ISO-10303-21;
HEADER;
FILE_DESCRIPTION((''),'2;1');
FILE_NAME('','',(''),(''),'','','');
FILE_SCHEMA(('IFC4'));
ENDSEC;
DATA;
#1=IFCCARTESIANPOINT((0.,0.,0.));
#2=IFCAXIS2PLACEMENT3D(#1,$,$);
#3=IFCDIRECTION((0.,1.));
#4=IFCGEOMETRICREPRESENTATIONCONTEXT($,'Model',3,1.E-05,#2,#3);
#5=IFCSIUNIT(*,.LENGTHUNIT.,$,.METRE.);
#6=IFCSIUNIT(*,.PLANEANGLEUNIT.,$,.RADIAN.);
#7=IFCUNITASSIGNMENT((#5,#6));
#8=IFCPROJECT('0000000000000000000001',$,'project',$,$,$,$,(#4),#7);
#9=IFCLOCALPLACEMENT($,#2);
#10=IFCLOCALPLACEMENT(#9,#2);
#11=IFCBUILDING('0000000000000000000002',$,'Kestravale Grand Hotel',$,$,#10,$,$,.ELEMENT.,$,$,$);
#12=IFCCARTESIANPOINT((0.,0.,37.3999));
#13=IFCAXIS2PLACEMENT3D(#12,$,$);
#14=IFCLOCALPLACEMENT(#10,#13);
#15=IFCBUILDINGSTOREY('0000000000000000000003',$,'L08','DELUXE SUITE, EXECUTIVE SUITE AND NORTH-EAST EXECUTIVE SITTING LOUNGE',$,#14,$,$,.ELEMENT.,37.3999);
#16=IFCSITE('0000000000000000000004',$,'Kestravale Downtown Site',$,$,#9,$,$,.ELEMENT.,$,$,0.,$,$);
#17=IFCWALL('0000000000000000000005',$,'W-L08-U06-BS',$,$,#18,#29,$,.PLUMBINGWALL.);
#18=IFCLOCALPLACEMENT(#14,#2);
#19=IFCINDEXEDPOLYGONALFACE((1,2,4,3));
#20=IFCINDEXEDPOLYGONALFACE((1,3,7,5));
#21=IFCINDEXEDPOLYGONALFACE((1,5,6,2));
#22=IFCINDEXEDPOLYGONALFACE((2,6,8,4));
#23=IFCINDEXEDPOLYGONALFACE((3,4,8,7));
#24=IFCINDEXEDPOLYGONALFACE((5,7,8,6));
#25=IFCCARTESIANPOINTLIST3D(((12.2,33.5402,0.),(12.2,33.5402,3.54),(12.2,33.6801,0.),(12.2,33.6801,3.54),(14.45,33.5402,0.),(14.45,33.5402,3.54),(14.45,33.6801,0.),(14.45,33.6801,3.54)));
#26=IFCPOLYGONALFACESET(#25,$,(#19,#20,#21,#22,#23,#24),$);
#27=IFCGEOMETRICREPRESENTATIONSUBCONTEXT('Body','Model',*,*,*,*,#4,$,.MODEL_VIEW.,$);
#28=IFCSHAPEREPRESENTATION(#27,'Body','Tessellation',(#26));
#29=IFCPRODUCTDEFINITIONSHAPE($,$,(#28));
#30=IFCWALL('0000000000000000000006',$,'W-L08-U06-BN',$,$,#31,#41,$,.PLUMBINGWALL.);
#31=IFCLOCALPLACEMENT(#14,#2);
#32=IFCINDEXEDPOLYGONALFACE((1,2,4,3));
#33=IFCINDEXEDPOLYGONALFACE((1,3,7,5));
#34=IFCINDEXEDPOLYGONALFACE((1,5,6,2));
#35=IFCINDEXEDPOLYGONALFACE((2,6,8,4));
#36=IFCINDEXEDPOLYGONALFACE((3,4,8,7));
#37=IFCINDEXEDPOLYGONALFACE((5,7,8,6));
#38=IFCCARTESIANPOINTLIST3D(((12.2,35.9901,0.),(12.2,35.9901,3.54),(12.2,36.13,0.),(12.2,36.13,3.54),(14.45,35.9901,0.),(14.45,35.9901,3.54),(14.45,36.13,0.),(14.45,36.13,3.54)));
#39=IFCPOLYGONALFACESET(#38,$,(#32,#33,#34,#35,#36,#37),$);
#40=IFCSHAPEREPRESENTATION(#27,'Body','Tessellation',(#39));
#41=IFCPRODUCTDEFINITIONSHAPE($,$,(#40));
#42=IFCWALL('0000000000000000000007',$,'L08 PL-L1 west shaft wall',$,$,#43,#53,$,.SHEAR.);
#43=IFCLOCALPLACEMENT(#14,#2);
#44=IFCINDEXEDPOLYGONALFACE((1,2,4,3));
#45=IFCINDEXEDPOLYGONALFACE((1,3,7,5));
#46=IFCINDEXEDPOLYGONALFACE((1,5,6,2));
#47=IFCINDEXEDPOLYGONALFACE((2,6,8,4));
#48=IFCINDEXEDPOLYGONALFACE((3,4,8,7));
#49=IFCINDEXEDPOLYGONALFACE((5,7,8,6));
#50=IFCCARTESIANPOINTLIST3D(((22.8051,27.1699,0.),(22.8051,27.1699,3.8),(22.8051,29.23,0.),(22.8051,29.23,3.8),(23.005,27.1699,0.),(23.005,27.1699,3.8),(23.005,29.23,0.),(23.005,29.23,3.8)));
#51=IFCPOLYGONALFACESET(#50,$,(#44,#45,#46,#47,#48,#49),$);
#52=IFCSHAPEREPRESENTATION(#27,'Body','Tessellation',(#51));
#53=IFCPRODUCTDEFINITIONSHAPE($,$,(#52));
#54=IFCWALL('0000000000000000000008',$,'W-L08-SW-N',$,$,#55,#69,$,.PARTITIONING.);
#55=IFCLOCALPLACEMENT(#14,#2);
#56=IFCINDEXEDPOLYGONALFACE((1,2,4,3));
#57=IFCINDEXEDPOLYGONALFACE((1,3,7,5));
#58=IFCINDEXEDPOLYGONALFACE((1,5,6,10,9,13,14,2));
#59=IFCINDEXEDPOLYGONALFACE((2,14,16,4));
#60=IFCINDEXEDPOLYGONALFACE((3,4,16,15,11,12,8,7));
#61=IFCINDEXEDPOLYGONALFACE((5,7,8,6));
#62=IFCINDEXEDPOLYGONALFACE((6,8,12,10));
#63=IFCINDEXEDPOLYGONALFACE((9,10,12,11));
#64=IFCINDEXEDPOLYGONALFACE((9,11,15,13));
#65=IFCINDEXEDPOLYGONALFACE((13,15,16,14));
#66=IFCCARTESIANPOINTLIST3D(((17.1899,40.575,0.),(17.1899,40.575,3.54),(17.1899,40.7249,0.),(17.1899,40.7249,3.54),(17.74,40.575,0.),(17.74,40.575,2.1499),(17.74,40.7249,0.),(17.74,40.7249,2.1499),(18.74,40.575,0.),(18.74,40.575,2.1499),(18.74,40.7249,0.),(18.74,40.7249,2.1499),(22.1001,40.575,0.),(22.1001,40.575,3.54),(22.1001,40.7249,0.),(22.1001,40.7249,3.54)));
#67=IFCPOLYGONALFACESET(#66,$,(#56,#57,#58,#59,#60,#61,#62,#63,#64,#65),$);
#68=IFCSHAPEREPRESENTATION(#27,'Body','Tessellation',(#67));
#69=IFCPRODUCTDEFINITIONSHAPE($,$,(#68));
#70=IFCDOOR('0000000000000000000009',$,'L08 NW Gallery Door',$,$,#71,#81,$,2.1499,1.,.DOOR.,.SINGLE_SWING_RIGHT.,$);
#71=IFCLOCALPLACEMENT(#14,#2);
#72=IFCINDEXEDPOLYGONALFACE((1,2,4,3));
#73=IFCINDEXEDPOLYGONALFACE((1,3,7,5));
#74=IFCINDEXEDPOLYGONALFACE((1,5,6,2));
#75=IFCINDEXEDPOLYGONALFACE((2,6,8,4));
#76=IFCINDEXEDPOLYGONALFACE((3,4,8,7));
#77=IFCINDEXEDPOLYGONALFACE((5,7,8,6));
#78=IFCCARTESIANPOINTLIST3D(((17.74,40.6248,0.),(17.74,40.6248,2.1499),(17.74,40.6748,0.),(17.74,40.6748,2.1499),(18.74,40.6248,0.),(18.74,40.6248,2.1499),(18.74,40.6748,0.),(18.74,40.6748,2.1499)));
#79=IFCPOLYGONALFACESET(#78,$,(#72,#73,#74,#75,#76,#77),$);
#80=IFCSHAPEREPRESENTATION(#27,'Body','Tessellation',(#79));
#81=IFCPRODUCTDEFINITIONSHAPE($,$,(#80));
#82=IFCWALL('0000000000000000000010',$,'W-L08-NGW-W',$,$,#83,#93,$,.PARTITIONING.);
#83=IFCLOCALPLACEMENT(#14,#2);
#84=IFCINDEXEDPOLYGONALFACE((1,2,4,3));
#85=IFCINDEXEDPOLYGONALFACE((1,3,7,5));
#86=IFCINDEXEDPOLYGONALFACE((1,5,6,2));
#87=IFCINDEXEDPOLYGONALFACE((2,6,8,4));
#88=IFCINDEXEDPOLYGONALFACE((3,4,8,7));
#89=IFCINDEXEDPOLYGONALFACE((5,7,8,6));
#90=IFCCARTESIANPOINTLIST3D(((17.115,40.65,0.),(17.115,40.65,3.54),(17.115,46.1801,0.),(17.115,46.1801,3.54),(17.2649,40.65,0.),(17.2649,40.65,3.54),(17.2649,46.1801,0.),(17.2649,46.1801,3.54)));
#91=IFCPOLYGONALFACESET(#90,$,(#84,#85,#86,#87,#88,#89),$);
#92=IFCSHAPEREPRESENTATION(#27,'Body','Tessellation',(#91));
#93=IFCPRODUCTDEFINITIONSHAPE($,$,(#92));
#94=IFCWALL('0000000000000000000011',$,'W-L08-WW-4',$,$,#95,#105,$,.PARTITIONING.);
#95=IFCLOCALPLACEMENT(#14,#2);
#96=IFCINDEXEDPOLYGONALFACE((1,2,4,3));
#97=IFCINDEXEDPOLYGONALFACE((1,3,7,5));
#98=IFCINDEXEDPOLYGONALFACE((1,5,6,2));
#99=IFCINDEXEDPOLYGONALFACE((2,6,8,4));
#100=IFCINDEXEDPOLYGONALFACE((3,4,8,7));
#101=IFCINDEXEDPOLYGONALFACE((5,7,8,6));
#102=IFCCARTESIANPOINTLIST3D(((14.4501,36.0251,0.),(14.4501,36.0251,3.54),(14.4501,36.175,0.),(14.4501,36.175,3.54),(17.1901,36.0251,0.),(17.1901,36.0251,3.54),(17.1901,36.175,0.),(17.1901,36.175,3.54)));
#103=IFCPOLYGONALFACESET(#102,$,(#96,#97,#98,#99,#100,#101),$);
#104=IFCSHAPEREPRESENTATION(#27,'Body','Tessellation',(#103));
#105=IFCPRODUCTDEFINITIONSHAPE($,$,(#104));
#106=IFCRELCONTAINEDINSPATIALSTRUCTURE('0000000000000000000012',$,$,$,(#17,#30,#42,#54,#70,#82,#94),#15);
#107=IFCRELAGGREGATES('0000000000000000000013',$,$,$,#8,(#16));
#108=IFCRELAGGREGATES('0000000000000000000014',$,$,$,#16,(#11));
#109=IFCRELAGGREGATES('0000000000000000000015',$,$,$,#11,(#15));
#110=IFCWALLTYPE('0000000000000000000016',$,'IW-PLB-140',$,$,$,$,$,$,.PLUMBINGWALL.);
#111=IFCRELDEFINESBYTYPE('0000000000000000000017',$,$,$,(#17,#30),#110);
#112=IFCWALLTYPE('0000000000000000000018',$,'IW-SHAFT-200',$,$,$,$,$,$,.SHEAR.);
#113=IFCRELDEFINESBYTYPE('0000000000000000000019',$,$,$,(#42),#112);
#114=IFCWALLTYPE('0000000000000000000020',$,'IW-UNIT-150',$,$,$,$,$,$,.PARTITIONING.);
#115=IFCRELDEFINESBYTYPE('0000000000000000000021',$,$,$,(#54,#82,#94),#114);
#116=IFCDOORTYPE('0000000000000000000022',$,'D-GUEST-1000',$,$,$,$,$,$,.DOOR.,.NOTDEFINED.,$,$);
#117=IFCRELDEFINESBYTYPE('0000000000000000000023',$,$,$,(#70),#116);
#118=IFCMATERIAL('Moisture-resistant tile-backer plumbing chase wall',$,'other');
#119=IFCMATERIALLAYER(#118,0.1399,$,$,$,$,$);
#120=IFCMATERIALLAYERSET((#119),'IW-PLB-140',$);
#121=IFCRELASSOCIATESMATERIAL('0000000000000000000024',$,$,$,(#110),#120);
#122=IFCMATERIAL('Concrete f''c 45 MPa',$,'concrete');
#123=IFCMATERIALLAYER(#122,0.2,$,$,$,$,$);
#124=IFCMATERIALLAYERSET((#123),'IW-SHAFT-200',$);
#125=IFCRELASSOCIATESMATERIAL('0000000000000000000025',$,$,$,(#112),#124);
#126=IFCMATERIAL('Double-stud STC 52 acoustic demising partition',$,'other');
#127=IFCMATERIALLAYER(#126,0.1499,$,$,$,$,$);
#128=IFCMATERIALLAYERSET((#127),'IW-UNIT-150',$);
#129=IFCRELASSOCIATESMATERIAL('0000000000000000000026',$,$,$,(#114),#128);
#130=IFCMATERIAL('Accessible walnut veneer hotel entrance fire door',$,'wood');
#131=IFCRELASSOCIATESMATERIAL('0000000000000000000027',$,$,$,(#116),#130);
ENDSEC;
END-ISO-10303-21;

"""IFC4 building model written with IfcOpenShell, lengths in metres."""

from ifc_helpers import new_model, si_unit, direction, frame, frame_2d, origin, place, context, subcontext, project, spatial, rectangle, extrude, material, layer, layer_set, type_object, element, fill, save


model = new_model("IFC4")

# Units and contexts
model_context = context("Model", 3, precision=1e-05, world=origin(), true_north=direction((0.0, 1.0)))
body_context = subcontext(model_context, "Body", "Model", "MODEL_VIEW")
ifc_project = project(units=[si_unit("LENGTHUNIT", "METRE"), si_unit("PLANEANGLEUNIT", "RADIAN")], contexts=[model_context])

# Site, building, storey
site_placement = place(None, origin())
site = spatial("IfcSite", under=ifc_project, at=site_placement, Name="Kestravale Downtown Site", CompositionType="ELEMENT", RefElevation=0.0)
building_placement = place(site_placement, origin())
building = spatial("IfcBuilding", under=site, at=building_placement, Name="Kestravale Grand Hotel", CompositionType="ELEMENT")
storey_placement = place(building_placement, frame((0.0, 0.0, 37.3999)))
storey = spatial("IfcBuildingStorey", under=building, at=storey_placement, Name="L08", Description="DELUXE SUITE, EXECUTIVE SUITE AND NORTH-EAST EXECUTIVE SITTING LOUNGE", CompositionType="ELEMENT", Elevation=37.3999)

# Shared definitions
ifc_material_1 = material(Name="Moisture-resistant tile-backer plumbing chase wall", Category="other")
ifc_layer_1 = layer(ifc_material_1, 0.1399)
ifc_layer_set_1 = layer_set([ifc_layer_1], Name="IW-PLB-140")
wall_type_1 = type_object("IfcWallType", Name="IW-PLB-140", PredefinedType="PLUMBINGWALL", material=ifc_layer_set_1)

# Walls
for number, where, z_axis, x_axis, name in (
    (1, (12.2, 33.6101, 0.0), (0.0, 0.0, 1.0), (1.0, 0.0, 0.0), "W-L08-U06-BS"),
    (2, (12.2, 36.0601, 0.0), (0.0, 0.0, 1.0), (1.0, 0.0, 0.0), "W-L08-U06-BN"),
):
    element("IfcWall", number, at=place(storey_placement, frame(where, z_axis=z_axis, x_axis=x_axis)), inside=storey, type_object=wall_type_1, Name=name, PredefinedType="PLUMBINGWALL", context=body_context, shape_type="SweptSolid", body=[
        extrude(rectangle(XDim=2.25, YDim=0.1399, at=frame_2d((1.125, 0.0))), origin(), (0.0, 0.0, 1.0), 3.54),
    ])
ifc_material_2 = material(Name="Concrete f'c 45 MPa", Category="concrete")
ifc_layer_2 = layer(ifc_material_2, 0.2)
ifc_layer_set_2 = layer_set([ifc_layer_2], Name="IW-SHAFT-200")
wall_type_2 = type_object("IfcWallType", Name="IW-SHAFT-200", PredefinedType="SHEAR", material=ifc_layer_set_2)
wall_1_placement = place(storey_placement, frame((22.905, 27.1699, 0.0), z_axis=(0.0, 0.0, 1.0), x_axis=(0.0, 1.0, 0.0)))
element("IfcWall", 3, at=wall_1_placement, inside=storey, type_object=wall_type_2, Name="L08 PL-L1 west shaft wall", PredefinedType="SHEAR", context=body_context, shape_type="SweptSolid", body=[
    extrude(rectangle(XDim=2.0601, YDim=0.2, at=frame_2d((1.03, 0.0))), origin(), (0.0, 0.0, 1.0), 3.8),
])

# Wall, opening, door
ifc_material_3 = material(Name="Double-stud STC 52 acoustic demising partition", Category="other")
ifc_layer_3 = layer(ifc_material_3, 0.1499)
ifc_layer_set_3 = layer_set([ifc_layer_3], Name="IW-UNIT-150")
wall_type_3 = type_object("IfcWallType", Name="IW-UNIT-150", PredefinedType="PARTITIONING", material=ifc_layer_set_3)
wall_2_placement = place(storey_placement, frame((17.1899, 40.6499, 0.0), z_axis=(0.0, 0.0, 1.0), x_axis=(1.0, 0.0, 0.0)))
wall_2 = element("IfcWall", 4, at=wall_2_placement, inside=storey, type_object=wall_type_3, Name="W-L08-SW-N", PredefinedType="PARTITIONING", context=body_context, shape_type="SweptSolid", body=[
    extrude(rectangle(XDim=4.9102, YDim=0.1499, at=frame_2d((2.4551, 0.0))), origin(), (0.0, 0.0, 1.0), 3.54),
])
opening_1_placement = place(wall_2_placement, frame((0.55, 0.0, 0.0)))
opening_1 = element("IfcOpeningElement", 5, at=opening_1_placement, cuts=wall_2, PredefinedType="OPENING", context=body_context, shape_type="SweptSolid", body=[
    extrude(rectangle(XDim=1.0, YDim=2.1499, at=frame_2d((0.5, 1.075))), frame((0.0, 0.085, 0.0), z_axis=(0.0, -1.0, 0.0), x_axis=(1.0, 0.0, 0.0)), (0.0, 0.0, 1.0), 0.1699),
])
ifc_material_4 = material(Name="Accessible walnut veneer hotel entrance fire door", Category="wood")
door_type_1 = type_object("IfcDoorType", Name="D-GUEST-1000", OperationType="NOTDEFINED", PredefinedType="DOOR", material=ifc_material_4)
door_1_placement = place(opening_1_placement, origin())
door_1 = element("IfcDoor", 6, at=door_1_placement, inside=storey, type_object=door_type_1, Name="L08 NW Gallery Door", OperationType="SINGLE_SWING_RIGHT", OverallHeight=2.1499, OverallWidth=1.0, PredefinedType="DOOR", context=body_context, shape_type="SweptSolid", body=[
    extrude(rectangle(XDim=1.0, YDim=2.1499, at=frame_2d((0.5, 1.075))), frame((0.0, 0.0249, 0.0), z_axis=(0.0, -1.0, 0.0), x_axis=(1.0, 0.0, 0.0)), (0.0, 0.0, 1.0), 0.05),
])
fill(opening_1, door_1)

# Walls
wall_3_placement = place(storey_placement, frame((17.1899, 40.6499, 0.0), z_axis=(0.0, 0.0, 1.0), x_axis=(0.0, 1.0, 0.0)))
element("IfcWall", 7, at=wall_3_placement, inside=storey, type_object=wall_type_3, Name="W-L08-NGW-W", PredefinedType="PARTITIONING", context=body_context, shape_type="SweptSolid", body=[
    extrude(rectangle(XDim=5.53, YDim=0.1499, at=frame_2d((2.7651, 0.0))), origin(), (0.0, 0.0, 1.0), 3.54),
])
wall_4_placement = place(storey_placement, frame((14.45, 36.1001, 0.0), z_axis=(0.0, 0.0, 1.0), x_axis=(1.0, 0.0, 0.0)))
element("IfcWall", 8, at=wall_4_placement, inside=storey, type_object=wall_type_3, Name="W-L08-WW-4", PredefinedType="PARTITIONING", context=body_context, shape_type="SweptSolid", body=[
    extrude(rectangle(XDim=2.74, YDim=0.1499, at=frame_2d((1.3701, 0.0))), origin(), (0.0, 0.0, 1.0), 3.54),
])

save(model, "model.ifc")
